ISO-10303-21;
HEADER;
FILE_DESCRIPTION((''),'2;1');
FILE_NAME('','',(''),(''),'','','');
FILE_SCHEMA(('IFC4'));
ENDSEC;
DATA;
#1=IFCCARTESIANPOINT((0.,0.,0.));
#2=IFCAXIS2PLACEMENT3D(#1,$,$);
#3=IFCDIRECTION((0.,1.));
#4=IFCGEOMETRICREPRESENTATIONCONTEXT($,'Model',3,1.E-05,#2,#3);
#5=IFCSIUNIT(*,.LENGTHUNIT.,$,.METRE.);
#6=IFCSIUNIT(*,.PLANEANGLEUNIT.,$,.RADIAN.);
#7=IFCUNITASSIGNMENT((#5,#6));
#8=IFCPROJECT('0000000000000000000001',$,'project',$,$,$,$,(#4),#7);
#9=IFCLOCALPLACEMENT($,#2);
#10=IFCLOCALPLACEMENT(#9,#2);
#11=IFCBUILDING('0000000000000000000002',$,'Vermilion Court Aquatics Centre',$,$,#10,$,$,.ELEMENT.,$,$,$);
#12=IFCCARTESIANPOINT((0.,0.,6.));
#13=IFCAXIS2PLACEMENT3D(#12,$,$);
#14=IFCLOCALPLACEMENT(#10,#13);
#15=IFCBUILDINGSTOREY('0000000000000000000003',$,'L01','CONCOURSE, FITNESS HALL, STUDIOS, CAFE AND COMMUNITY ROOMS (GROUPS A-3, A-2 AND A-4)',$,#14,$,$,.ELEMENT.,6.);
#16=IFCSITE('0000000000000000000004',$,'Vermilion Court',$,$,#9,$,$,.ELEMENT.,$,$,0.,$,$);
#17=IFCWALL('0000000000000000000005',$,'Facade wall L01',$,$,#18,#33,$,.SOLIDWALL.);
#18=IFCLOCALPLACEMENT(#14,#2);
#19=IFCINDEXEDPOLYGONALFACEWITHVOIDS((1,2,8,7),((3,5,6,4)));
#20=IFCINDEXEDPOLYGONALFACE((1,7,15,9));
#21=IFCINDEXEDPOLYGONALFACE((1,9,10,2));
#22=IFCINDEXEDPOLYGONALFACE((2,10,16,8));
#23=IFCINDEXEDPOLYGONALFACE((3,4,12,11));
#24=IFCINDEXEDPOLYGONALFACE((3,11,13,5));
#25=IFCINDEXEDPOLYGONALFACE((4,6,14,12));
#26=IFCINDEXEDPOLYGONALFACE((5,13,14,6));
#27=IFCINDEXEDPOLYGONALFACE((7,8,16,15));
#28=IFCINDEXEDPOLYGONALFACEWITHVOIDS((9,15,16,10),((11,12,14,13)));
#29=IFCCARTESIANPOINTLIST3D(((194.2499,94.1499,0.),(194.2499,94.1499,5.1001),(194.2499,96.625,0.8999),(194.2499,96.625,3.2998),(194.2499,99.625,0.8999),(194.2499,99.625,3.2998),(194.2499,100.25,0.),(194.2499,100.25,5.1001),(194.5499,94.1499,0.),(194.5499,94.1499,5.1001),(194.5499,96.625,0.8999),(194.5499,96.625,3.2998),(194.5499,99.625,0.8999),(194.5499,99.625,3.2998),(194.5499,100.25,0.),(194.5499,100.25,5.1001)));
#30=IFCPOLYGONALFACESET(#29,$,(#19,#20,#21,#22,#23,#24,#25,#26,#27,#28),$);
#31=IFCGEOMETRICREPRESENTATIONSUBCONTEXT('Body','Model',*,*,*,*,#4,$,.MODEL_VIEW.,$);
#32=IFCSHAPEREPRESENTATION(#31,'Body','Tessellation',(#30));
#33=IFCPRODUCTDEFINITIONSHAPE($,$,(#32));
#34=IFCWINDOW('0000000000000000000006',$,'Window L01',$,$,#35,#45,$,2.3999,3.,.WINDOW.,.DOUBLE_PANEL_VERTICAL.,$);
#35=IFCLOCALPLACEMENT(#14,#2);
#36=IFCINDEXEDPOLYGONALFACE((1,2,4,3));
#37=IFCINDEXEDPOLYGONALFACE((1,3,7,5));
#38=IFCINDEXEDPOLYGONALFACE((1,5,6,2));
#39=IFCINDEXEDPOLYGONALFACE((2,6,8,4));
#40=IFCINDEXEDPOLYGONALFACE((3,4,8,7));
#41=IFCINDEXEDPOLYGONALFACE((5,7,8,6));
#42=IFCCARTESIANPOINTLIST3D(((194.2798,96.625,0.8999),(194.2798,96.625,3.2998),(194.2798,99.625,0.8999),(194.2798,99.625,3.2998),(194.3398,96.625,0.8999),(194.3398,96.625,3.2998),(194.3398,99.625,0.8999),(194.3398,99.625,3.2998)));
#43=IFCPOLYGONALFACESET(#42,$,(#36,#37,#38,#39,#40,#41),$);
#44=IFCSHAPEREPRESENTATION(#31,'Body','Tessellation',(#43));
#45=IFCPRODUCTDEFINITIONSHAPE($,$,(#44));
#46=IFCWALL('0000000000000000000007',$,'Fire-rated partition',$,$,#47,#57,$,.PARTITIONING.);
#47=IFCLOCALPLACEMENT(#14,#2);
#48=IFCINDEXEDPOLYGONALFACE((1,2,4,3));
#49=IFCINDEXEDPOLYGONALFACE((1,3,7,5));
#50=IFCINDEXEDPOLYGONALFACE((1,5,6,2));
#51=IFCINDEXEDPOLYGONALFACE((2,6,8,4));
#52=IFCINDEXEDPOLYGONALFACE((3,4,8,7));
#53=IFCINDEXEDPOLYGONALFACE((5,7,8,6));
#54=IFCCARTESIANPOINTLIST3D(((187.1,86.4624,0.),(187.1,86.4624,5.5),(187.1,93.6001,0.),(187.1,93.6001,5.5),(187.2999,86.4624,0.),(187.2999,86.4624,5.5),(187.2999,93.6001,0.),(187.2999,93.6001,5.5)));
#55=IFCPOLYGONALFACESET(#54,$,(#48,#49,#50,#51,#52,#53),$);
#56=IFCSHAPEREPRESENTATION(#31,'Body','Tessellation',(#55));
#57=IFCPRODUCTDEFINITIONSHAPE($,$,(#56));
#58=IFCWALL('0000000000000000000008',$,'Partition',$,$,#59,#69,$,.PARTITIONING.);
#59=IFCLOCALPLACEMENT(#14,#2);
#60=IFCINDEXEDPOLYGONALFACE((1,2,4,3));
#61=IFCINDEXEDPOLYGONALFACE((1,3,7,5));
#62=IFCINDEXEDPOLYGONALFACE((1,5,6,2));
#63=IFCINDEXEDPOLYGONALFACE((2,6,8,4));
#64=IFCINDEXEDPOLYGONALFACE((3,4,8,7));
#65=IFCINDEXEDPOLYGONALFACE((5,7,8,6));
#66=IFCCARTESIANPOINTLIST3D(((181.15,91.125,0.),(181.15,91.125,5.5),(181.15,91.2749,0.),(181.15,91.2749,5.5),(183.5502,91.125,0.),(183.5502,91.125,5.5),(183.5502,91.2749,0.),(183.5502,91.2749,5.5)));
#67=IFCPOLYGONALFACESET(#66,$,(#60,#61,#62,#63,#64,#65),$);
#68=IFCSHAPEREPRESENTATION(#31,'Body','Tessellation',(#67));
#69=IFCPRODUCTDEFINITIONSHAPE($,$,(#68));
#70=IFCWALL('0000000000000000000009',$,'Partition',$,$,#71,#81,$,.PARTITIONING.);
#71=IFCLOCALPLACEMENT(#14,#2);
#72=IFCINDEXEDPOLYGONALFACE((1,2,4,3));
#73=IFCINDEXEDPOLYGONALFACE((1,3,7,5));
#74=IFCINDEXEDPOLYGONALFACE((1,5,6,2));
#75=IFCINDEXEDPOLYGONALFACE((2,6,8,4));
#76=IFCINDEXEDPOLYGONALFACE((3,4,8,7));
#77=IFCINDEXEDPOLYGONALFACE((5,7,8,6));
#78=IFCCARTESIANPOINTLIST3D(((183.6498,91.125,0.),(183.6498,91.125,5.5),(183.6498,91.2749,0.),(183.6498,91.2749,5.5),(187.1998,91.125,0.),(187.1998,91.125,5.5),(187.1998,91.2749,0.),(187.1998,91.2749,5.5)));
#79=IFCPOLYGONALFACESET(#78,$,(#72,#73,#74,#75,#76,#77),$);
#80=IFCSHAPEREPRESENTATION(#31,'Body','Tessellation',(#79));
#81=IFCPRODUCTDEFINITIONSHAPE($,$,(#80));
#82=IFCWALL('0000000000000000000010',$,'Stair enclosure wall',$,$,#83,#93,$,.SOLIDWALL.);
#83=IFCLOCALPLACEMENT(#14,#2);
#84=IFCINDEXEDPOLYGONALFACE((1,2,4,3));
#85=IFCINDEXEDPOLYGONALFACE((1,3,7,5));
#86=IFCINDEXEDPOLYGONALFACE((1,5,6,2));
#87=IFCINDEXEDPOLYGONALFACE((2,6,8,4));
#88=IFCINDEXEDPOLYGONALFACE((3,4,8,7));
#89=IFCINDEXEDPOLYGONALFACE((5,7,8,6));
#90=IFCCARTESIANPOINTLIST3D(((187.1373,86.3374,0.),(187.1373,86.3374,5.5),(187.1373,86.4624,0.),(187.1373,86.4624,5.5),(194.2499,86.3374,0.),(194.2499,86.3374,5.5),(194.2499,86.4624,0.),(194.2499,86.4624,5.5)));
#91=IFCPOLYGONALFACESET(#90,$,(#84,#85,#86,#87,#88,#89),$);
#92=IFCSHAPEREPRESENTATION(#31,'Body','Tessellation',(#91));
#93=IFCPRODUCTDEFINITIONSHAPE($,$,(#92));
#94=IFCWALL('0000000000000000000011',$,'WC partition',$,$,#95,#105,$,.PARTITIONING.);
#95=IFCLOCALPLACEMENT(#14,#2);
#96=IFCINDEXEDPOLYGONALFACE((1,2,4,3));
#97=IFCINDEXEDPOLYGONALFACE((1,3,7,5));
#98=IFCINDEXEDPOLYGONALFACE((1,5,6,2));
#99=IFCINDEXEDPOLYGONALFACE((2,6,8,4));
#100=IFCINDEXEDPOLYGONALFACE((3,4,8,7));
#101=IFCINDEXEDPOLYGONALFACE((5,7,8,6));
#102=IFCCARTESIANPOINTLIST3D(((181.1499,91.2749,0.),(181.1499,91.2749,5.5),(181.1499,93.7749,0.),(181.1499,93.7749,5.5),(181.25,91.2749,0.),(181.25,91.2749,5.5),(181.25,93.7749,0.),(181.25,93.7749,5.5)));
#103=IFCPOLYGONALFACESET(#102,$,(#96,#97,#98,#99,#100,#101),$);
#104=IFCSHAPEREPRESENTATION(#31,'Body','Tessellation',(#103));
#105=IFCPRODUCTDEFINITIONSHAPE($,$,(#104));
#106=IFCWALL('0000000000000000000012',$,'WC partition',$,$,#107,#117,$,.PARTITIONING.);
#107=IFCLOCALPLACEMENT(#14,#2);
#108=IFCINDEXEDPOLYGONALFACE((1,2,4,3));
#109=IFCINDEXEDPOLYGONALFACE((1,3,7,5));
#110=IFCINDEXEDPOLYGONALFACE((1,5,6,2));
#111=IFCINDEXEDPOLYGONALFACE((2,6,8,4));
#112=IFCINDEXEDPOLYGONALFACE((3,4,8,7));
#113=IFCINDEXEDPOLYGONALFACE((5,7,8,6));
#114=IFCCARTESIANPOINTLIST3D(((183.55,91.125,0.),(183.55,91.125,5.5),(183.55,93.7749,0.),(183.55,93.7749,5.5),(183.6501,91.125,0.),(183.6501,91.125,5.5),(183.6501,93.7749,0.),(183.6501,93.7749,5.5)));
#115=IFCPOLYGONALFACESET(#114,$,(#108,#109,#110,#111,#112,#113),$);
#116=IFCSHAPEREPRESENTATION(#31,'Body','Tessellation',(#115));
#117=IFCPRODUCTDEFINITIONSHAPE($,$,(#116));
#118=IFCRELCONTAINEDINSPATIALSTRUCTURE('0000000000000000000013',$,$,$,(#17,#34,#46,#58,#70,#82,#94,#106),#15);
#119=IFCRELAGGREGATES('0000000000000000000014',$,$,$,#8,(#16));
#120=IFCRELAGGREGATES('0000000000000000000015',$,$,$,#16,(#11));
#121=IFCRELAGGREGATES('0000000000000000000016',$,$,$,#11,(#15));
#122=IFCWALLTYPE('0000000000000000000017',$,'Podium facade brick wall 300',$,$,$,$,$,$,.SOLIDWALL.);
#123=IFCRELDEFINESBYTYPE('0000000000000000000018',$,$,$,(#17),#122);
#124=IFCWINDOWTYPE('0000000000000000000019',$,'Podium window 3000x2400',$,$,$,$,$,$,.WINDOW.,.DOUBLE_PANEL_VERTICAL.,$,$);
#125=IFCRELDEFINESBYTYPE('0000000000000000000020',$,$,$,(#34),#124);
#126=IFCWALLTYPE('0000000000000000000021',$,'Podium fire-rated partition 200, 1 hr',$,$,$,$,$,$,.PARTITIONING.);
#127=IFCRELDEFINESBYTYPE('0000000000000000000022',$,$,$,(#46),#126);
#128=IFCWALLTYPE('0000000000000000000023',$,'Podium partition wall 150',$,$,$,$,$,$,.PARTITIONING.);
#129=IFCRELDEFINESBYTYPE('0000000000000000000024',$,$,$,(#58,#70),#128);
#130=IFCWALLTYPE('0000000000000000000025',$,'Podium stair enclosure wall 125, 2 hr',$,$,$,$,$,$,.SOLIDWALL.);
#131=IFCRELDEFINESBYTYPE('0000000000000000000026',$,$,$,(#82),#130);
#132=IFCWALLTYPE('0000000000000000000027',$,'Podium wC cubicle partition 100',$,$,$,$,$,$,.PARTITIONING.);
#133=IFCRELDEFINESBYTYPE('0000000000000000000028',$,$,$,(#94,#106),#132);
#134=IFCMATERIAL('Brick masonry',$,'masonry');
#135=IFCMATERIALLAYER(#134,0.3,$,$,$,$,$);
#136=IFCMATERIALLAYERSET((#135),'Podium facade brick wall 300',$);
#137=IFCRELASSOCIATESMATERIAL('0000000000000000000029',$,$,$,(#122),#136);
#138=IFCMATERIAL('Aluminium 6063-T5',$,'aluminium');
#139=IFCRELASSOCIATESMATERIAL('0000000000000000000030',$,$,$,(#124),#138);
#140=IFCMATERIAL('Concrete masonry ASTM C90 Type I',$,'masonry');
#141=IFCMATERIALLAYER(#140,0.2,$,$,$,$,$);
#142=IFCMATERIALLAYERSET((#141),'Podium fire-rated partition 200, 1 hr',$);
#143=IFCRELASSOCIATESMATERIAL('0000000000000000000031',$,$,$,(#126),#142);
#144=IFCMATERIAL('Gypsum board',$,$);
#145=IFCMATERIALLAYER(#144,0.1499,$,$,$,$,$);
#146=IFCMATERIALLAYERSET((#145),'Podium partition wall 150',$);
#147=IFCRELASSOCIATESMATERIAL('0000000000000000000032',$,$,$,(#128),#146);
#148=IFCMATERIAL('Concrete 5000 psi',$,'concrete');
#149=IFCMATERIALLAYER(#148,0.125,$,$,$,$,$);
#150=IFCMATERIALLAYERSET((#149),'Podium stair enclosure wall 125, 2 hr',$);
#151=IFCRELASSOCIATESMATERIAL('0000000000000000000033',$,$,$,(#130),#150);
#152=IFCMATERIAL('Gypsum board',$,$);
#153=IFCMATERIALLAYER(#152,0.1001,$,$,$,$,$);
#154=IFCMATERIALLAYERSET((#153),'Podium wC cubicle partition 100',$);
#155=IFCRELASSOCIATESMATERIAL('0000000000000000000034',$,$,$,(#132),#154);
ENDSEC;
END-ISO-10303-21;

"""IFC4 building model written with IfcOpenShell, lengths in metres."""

from ifc_helpers import new_model, si_unit, direction, frame, frame_2d, origin, place, context, subcontext, project, spatial, rectangle, extrude, material, layer, layer_set, type_object, element, fill, save


model = new_model("IFC4")

# Units and contexts
model_context = context("Model", 3, precision=1e-05, world=origin(), true_north=direction((0.0, 1.0)))
body_context = subcontext(model_context, "Body", "Model", "MODEL_VIEW")
ifc_project = project(units=[si_unit("LENGTHUNIT", "METRE"), si_unit("PLANEANGLEUNIT", "RADIAN")], contexts=[model_context])

# Site, building, storey
site_placement = place(None, origin())
site = spatial("IfcSite", under=ifc_project, at=site_placement, Name="Vermilion Court", CompositionType="ELEMENT", RefElevation=0.0)
building_placement = place(site_placement, origin())
building = spatial("IfcBuilding", under=site, at=building_placement, Name="Vermilion Court Aquatics Centre", CompositionType="ELEMENT")
storey_placement = place(building_placement, frame((0.0, 0.0, 6.0)))
storey = spatial("IfcBuildingStorey", under=building, at=storey_placement, Name="L01", Description="CONCOURSE, FITNESS HALL, STUDIOS, CAFE AND COMMUNITY ROOMS (GROUPS A-3, A-2 AND A-4)", CompositionType="ELEMENT", Elevation=6.0)

# Wall, opening, window
ifc_material_1 = material(Name="Brick masonry", Category="masonry")
ifc_layer_1 = layer(ifc_material_1, 0.3)
ifc_layer_set_1 = layer_set([ifc_layer_1], Name="Podium facade brick wall 300")
wall_type_1 = type_object("IfcWallType", Name="Podium facade brick wall 300", PredefinedType="SOLIDWALL", material=ifc_layer_set_1)
wall_1_placement = place(storey_placement, frame((194.3999, 94.1499, 0.0), z_axis=(0.0, 0.0, 1.0), x_axis=(0.0, 1.0, 0.0)))
wall_1 = element("IfcWall", 1, at=wall_1_placement, inside=storey, type_object=wall_type_1, Name="Facade wall L01", PredefinedType="SOLIDWALL", context=body_context, shape_type="SweptSolid", body=[
    extrude(rectangle(XDim=6.1001, YDim=0.3, at=frame_2d((3.05, 0.0))), origin(), (0.0, 0.0, 1.0), 5.1001),
])
opening_1_placement = place(wall_1_placement, frame((2.4751, 0.0, 0.8999)))
opening_1 = element("IfcOpeningElement", 2, at=opening_1_placement, cuts=wall_1, PredefinedType="OPENING", context=body_context, shape_type="SweptSolid", body=[
    extrude(rectangle(XDim=3.0, YDim=2.3999, at=frame_2d((1.5, 1.2))), frame((0.0, 0.1599, 0.0), z_axis=(0.0, -1.0, 0.0), x_axis=(1.0, 0.0, 0.0)), (0.0, 0.0, 1.0), 0.3201),
])
ifc_material_2 = material(Name="Aluminium 6063-T5", Category="aluminium")
window_type_1 = type_object("IfcWindowType", Name="Podium window 3000x2400", PartitioningType="DOUBLE_PANEL_VERTICAL", PredefinedType="WINDOW", material=ifc_material_2)
window_1_placement = place(opening_1_placement, origin())
window_1 = element("IfcWindow", 3, at=window_1_placement, inside=storey, type_object=window_type_1, Name="Window L01", OverallHeight=2.3999, OverallWidth=3.0, PartitioningType="DOUBLE_PANEL_VERTICAL", PredefinedType="WINDOW", context=body_context, shape_type="SweptSolid", body=[
    extrude(rectangle(XDim=3.0, YDim=2.3999, at=frame_2d((1.5, 1.2))), frame((0.0, 0.1201, 0.0), z_axis=(0.0, -1.0, 0.0), x_axis=(1.0, 0.0, 0.0)), (0.0, 0.0, 1.0), 0.0601),
])
fill(opening_1, window_1)

# Walls
ifc_material_3 = material(Name="Concrete masonry ASTM C90 Type I", Category="masonry")
ifc_layer_2 = layer(ifc_material_3, 0.2)
ifc_layer_set_2 = layer_set([ifc_layer_2], Name="Podium fire-rated partition 200, 1 hr")
wall_type_2 = type_object("IfcWallType", Name="Podium fire-rated partition 200, 1 hr", PredefinedType="PARTITIONING", material=ifc_layer_set_2)
wall_2_placement = place(storey_placement, frame((187.2, 86.4624, 0.0), z_axis=(0.0, 0.0, 1.0), x_axis=(0.0, 1.0, 0.0)))
element("IfcWall", 4, at=wall_2_placement, inside=storey, type_object=wall_type_2, Name="Fire-rated partition", PredefinedType="PARTITIONING", context=body_context, shape_type="SweptSolid", body=[
    extrude(rectangle(XDim=7.1377, YDim=0.2, at=frame_2d((3.5688, 0.0))), origin(), (0.0, 0.0, 1.0), 5.5),
])
ifc_material_4 = material(Name="Gypsum board")
ifc_layer_3 = layer(ifc_material_4, 0.1499)
ifc_layer_set_3 = layer_set([ifc_layer_3], Name="Podium partition wall 150")
wall_type_3 = type_object("IfcWallType", Name="Podium partition wall 150", PredefinedType="PARTITIONING", material=ifc_layer_set_3)
wall_3_placement = place(storey_placement, frame((181.1499, 91.2, 0.0), z_axis=(0.0, 0.0, 1.0), x_axis=(1.0, 0.0, 0.0)))
element("IfcWall", 5, at=wall_3_placement, inside=storey, type_object=wall_type_3, Name="Partition", PredefinedType="PARTITIONING", context=body_context, shape_type="SweptSolid", body=[
    extrude(rectangle(XDim=2.4001, YDim=0.1499, at=frame_2d((1.2002, 0.0))), origin(), (0.0, 0.0, 1.0), 5.5),
])
wall_4_placement = place(storey_placement, frame((183.6499, 91.2, 0.0), z_axis=(0.0, 0.0, 1.0), x_axis=(1.0, 0.0, 0.0)))
element("IfcWall", 6, at=wall_4_placement, inside=storey, type_object=wall_type_3, Name="Partition", PredefinedType="PARTITIONING", context=body_context, shape_type="SweptSolid", body=[
    extrude(rectangle(XDim=3.55, YDim=0.1499, at=frame_2d((1.7749, 0.0))), origin(), (0.0, 0.0, 1.0), 5.5),
])
ifc_material_5 = material(Name="Concrete 5000 psi", Category="concrete")
ifc_layer_4 = layer(ifc_material_5, 0.125)
ifc_layer_set_4 = layer_set([ifc_layer_4], Name="Podium stair enclosure wall 125, 2 hr")
wall_type_4 = type_object("IfcWallType", Name="Podium stair enclosure wall 125, 2 hr", PredefinedType="SOLIDWALL", material=ifc_layer_set_4)
wall_5_placement = place(storey_placement, frame((187.1375, 86.3999, 0.0), z_axis=(0.0, 0.0, 1.0), x_axis=(1.0, 0.0, 0.0)))
element("IfcWall", 7, at=wall_5_placement, inside=storey, type_object=wall_type_4, Name="Stair enclosure wall", PredefinedType="SOLIDWALL", context=body_context, shape_type="SweptSolid", body=[
    extrude(rectangle(XDim=7.1125, YDim=0.125, at=frame_2d((3.5562, 0.0))), origin(), (0.0, 0.0, 1.0), 5.5),
])
ifc_material_6 = material(Name="Gypsum board")
ifc_layer_5 = layer(ifc_material_6, 0.1001)
ifc_layer_set_5 = layer_set([ifc_layer_5], Name="Podium wC cubicle partition 100")
wall_type_5 = type_object("IfcWallType", Name="Podium wC cubicle partition 100", PredefinedType="PARTITIONING", material=ifc_layer_set_5)
wall_6_placement = place(storey_placement, frame((181.2, 91.2749, 0.0), z_axis=(0.0, 0.0, 1.0), x_axis=(0.0, 1.0, 0.0)))
element("IfcWall", 8, at=wall_6_placement, inside=storey, type_object=wall_type_5, Name="WC partition", PredefinedType="PARTITIONING", context=body_context, shape_type="SweptSolid", body=[
    extrude(rectangle(XDim=2.5, YDim=0.1001, at=frame_2d((1.25, 0.0))), origin(), (0.0, 0.0, 1.0), 5.5),
])
wall_7_placement = place(storey_placement, frame((183.6001, 91.125, 0.0), z_axis=(0.0, 0.0, 1.0), x_axis=(0.0, 1.0, 0.0)))
element("IfcWall", 9, at=wall_7_placement, inside=storey, type_object=wall_type_5, Name="WC partition", PredefinedType="PARTITIONING", context=body_context, shape_type="SweptSolid", body=[
    extrude(rectangle(XDim=2.6499, YDim=0.1001, at=frame_2d((1.325, 0.0))), origin(), (0.0, 0.0, 1.0), 5.5),
])

save(model, "model.ifc")
